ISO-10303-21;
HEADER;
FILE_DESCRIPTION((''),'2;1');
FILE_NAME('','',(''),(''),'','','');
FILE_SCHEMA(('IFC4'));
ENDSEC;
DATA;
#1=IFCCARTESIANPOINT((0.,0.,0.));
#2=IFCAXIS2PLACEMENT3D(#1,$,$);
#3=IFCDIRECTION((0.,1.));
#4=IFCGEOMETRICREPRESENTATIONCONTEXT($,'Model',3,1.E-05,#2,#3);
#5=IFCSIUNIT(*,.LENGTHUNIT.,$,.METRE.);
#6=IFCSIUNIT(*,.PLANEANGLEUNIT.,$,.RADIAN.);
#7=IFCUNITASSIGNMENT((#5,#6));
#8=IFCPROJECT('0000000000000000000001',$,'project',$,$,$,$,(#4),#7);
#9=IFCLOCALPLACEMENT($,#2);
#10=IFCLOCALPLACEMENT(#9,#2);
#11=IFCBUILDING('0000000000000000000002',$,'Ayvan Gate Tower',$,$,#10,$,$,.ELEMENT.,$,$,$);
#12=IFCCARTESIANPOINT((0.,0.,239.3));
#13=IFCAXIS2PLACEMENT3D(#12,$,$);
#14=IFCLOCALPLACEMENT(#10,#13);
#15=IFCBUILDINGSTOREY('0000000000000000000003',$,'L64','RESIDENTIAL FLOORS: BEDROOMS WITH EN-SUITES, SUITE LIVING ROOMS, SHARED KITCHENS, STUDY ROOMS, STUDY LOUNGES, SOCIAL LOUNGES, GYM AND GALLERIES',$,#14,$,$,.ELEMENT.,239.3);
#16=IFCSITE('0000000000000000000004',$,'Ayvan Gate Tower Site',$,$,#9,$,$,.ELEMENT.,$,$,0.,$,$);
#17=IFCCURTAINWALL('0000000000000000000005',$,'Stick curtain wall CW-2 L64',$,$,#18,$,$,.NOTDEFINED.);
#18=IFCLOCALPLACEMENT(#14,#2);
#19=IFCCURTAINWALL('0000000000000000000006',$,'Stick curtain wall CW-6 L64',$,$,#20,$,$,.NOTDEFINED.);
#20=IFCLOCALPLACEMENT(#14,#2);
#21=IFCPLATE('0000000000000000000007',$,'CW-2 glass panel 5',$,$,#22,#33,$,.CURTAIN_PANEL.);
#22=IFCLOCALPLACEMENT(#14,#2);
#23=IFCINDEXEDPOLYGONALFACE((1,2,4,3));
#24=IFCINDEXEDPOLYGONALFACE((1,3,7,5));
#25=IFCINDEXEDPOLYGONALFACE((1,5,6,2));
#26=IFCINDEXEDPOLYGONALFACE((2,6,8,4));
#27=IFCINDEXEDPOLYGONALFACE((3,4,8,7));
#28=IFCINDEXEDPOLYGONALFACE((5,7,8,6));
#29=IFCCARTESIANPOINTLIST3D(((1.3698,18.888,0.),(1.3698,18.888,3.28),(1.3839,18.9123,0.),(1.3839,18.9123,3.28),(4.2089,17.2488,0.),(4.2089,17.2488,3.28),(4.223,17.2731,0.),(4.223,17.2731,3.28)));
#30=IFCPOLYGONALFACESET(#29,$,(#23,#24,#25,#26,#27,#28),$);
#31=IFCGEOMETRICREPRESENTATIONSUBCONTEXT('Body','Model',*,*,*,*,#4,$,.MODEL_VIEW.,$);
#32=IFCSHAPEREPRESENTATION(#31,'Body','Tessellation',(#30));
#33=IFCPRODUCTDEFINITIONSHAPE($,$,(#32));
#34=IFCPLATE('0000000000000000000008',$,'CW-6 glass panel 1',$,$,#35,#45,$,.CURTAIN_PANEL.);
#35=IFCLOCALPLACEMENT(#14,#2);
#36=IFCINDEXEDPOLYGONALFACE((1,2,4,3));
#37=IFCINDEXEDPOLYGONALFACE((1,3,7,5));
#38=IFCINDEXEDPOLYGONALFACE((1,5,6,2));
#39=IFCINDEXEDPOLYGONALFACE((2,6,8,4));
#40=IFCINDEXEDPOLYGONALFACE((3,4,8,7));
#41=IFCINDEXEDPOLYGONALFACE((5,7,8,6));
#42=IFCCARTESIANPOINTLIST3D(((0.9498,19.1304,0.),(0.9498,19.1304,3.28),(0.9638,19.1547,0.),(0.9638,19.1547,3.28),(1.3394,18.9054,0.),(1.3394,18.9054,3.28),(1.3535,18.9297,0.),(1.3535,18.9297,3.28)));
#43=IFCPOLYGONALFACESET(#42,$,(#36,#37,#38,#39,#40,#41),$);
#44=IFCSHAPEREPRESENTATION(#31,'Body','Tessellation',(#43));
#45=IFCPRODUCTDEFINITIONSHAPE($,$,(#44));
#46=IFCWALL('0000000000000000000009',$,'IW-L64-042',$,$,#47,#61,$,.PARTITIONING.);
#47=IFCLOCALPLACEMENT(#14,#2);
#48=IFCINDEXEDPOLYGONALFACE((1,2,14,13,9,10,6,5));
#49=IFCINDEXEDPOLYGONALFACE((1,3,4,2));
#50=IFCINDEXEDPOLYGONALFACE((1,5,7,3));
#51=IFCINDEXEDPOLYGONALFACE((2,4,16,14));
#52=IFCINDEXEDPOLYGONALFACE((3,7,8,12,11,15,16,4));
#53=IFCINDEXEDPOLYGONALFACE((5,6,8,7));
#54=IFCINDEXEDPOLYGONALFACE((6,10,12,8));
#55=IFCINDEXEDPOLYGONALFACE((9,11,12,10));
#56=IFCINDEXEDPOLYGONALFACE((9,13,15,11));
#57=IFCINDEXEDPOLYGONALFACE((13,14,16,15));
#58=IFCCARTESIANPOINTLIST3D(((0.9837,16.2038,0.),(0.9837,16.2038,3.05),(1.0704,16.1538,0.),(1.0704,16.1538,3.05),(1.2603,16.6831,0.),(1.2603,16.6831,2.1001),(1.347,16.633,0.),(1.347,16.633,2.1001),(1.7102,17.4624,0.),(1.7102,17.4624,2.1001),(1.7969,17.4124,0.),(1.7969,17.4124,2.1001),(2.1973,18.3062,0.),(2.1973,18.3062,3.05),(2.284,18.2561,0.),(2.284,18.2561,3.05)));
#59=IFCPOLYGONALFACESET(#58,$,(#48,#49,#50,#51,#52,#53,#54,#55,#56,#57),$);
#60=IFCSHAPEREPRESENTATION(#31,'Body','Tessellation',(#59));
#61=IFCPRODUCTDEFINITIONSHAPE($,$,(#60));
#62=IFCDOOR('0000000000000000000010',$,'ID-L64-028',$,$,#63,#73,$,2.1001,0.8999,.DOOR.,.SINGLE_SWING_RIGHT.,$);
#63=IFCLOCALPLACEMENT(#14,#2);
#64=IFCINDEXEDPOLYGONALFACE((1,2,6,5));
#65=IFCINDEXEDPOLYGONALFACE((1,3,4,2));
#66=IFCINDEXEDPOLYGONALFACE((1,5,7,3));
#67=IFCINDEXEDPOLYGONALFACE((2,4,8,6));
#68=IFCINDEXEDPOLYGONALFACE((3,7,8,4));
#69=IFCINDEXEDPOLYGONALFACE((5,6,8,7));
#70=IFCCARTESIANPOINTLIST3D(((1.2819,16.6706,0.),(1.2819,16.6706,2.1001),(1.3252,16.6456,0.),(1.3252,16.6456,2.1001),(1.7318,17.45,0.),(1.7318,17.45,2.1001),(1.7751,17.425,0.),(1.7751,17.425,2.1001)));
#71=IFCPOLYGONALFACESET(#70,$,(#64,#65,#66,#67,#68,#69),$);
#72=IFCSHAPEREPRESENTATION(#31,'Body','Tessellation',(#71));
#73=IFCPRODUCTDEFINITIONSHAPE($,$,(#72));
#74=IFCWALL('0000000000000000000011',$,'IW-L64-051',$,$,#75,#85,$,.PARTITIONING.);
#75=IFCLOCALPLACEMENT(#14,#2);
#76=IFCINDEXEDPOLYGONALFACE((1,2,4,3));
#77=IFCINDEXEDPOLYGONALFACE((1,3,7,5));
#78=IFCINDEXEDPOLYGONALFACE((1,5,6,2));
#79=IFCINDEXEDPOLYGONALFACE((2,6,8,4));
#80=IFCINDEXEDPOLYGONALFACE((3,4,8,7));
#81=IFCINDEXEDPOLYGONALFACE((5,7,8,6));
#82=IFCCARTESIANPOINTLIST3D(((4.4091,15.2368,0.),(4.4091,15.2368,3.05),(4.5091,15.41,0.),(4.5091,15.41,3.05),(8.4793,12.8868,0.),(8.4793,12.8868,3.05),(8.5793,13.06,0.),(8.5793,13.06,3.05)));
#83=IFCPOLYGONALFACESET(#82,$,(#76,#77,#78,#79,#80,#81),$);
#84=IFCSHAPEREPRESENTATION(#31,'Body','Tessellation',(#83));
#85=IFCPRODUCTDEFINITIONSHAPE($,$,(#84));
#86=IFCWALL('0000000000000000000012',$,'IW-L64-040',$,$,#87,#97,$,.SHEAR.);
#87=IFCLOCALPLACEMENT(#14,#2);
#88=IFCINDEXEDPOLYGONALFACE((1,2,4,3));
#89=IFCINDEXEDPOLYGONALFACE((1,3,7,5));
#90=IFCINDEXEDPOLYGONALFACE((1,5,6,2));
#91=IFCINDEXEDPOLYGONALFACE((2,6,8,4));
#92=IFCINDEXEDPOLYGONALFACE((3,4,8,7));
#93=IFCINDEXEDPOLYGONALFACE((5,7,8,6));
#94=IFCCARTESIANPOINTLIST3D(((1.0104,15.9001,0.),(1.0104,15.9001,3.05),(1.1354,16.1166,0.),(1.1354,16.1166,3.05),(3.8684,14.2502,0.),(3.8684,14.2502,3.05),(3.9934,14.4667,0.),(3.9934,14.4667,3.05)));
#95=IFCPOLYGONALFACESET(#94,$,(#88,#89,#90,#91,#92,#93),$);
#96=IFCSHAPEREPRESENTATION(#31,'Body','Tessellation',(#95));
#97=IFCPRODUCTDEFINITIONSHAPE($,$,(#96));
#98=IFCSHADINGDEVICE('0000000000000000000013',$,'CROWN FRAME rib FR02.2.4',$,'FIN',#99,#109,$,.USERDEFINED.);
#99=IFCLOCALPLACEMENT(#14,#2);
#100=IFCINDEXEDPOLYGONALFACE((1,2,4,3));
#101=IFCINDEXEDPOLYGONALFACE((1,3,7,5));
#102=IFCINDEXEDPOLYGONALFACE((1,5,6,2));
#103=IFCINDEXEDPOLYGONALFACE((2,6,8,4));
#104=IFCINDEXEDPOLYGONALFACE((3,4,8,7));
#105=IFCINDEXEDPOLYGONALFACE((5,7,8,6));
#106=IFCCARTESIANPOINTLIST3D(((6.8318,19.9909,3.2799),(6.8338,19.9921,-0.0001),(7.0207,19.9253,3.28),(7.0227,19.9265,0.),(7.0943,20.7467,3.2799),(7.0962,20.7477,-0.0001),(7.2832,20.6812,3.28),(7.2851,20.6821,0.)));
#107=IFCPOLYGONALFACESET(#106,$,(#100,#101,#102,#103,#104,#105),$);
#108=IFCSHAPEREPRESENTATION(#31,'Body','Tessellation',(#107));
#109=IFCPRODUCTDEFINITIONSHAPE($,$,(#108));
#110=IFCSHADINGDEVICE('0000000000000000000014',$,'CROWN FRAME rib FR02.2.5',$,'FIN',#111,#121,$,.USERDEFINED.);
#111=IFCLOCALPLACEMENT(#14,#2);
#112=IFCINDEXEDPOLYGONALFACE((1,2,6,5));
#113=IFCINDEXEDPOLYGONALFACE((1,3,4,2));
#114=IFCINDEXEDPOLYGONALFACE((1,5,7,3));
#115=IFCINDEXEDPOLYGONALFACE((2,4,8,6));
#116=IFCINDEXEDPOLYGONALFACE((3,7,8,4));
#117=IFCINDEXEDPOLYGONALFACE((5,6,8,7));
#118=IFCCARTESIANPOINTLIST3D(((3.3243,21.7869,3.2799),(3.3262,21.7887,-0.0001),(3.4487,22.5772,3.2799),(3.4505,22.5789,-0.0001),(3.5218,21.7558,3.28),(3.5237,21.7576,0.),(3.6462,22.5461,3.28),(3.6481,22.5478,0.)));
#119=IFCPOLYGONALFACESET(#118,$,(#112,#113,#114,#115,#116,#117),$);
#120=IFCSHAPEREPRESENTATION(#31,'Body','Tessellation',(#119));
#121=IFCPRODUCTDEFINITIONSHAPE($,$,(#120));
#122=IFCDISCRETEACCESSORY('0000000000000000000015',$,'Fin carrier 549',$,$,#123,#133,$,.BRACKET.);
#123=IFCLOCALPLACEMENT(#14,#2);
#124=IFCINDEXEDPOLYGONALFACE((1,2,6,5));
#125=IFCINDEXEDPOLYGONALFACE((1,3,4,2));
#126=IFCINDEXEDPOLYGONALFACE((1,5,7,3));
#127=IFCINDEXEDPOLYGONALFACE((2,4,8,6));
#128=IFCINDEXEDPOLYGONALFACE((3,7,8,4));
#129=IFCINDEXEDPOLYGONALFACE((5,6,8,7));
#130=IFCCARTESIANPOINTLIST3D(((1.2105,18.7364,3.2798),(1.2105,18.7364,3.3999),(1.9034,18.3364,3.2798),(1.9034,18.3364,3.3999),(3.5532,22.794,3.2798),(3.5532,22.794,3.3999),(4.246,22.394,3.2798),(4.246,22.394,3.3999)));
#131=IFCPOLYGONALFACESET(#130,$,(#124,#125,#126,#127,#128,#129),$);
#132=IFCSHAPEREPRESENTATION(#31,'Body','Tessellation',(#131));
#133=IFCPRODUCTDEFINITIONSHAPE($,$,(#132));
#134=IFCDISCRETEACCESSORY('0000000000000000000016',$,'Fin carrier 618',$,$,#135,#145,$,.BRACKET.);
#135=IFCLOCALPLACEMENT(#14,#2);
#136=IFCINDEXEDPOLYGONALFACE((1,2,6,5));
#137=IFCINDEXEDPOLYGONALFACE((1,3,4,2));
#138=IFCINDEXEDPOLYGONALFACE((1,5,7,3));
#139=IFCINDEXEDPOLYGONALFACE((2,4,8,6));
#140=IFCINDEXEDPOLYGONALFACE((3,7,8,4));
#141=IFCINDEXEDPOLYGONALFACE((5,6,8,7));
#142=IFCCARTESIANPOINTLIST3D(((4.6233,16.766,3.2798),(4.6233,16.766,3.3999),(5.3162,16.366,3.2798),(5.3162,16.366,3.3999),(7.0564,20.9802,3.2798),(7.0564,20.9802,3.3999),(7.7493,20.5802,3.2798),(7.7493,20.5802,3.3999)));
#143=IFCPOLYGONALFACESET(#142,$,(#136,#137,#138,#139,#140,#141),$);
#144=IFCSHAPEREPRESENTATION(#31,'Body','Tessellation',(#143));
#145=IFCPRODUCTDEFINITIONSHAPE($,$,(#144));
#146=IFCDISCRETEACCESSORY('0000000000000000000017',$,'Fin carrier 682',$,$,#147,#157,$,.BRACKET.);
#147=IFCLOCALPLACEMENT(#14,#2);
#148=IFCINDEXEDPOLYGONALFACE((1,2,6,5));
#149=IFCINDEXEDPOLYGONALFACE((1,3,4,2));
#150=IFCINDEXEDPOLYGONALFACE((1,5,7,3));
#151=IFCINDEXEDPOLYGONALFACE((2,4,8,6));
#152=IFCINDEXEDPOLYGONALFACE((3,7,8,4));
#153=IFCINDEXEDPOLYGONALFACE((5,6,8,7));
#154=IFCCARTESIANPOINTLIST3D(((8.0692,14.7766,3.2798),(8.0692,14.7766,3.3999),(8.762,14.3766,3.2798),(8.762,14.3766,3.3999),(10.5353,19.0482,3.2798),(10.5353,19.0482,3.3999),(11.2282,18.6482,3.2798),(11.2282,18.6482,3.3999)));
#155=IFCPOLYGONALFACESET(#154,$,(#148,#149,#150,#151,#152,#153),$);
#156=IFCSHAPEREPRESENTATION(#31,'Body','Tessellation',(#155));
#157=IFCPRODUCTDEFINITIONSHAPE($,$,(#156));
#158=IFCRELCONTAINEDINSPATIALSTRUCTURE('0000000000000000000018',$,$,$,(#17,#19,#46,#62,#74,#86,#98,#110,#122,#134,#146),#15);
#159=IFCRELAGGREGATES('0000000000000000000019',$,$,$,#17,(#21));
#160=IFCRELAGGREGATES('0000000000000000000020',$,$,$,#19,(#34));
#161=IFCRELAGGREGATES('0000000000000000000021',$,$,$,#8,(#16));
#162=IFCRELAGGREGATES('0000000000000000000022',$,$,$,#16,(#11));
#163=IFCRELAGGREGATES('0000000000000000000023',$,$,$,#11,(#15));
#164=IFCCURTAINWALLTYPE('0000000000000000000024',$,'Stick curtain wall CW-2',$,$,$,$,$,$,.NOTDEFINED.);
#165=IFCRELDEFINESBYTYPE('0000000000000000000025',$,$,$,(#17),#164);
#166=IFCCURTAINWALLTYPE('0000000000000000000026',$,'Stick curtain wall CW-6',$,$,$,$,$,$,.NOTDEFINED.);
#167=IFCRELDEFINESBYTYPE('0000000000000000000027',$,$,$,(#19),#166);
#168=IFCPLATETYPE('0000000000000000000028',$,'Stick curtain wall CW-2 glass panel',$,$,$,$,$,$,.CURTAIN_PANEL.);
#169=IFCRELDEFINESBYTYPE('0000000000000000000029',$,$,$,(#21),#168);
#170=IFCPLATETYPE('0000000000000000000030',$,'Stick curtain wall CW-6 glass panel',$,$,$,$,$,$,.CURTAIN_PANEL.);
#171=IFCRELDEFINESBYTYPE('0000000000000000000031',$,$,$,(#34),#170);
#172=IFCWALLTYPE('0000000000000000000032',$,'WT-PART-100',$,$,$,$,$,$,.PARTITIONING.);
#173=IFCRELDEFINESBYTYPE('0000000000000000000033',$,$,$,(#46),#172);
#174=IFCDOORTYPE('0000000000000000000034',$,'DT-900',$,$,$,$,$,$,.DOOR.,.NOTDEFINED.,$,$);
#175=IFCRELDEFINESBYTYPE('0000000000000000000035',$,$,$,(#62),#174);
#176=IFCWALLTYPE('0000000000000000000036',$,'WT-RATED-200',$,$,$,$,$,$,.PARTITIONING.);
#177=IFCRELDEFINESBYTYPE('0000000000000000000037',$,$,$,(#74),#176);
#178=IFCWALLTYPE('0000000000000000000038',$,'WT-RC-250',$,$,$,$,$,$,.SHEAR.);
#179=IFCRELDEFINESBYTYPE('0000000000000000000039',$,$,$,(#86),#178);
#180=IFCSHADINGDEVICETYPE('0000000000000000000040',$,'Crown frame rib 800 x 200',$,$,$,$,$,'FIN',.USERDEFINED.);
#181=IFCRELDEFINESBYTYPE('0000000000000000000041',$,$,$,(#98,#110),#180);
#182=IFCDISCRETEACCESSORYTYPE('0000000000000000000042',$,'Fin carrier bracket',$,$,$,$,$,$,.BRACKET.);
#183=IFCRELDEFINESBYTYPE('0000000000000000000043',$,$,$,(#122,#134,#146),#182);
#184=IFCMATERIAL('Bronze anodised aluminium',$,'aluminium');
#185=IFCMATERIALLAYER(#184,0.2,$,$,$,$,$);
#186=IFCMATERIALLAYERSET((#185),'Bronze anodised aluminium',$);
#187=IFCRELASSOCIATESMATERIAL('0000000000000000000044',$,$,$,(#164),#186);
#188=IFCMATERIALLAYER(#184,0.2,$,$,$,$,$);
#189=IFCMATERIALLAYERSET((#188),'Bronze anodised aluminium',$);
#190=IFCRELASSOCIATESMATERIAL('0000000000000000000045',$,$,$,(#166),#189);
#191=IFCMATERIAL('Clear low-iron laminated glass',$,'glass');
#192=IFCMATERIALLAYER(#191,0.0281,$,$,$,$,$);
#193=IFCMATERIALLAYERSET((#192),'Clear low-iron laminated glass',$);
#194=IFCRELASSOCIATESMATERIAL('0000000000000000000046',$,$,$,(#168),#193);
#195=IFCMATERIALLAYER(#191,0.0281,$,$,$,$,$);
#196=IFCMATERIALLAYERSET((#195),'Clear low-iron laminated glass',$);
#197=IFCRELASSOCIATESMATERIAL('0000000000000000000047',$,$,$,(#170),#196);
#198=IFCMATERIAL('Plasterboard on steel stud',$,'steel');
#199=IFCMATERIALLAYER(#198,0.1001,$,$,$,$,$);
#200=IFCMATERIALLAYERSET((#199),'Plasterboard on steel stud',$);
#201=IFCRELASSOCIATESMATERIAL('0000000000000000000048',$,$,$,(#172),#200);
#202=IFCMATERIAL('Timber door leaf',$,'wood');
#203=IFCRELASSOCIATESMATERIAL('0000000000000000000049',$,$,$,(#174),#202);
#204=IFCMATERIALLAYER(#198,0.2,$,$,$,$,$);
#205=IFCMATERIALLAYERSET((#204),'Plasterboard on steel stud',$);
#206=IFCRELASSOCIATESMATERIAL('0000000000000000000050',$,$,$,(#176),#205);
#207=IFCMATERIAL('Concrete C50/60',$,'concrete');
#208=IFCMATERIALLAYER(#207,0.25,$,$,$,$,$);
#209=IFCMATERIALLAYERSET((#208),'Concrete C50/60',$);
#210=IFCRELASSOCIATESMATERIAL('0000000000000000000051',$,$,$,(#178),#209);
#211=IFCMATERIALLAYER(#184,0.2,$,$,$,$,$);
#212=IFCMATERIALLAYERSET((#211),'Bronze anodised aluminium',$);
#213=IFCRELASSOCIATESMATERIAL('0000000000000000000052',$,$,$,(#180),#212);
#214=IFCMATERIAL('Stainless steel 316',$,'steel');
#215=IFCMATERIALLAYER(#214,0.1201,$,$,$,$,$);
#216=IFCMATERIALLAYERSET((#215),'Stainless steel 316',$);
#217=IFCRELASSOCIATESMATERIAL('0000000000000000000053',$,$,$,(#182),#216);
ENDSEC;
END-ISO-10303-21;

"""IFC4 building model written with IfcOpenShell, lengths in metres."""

from ifc_helpers import new_model, si_unit, direction, frame, frame_2d, origin, origin_2d, place, context, subcontext, project, spatial, polyline, rectangle, outline, extrude, material, layer, layer_set, type_object, element, fill, aggregate, save


model = new_model("IFC4")

# Units and contexts
model_context = context("Model", 3, precision=1e-05, world=origin(), true_north=direction((0.0, 1.0)))
body_context = subcontext(model_context, "Body", "Model", "MODEL_VIEW")
ifc_project = project(units=[si_unit("LENGTHUNIT", "METRE"), si_unit("PLANEANGLEUNIT", "RADIAN")], contexts=[model_context])

# Site, building, storey
site_placement = place(None, origin())
site = spatial("IfcSite", under=ifc_project, at=site_placement, Name="Ayvan Gate Tower Site", CompositionType="ELEMENT", RefElevation=0.0)
building_placement = place(site_placement, origin())
building = spatial("IfcBuilding", under=site, at=building_placement, Name="Ayvan Gate Tower", CompositionType="ELEMENT")
storey_placement = place(building_placement, frame((0.0, 0.0, 239.3)))
storey = spatial("IfcBuildingStorey", under=building, at=storey_placement, Name="L64", Description="RESIDENTIAL FLOORS: BEDROOMS WITH EN-SUITES, SUITE LIVING ROOMS, SHARED KITCHENS, STUDY ROOMS, STUDY LOUNGES, SOCIAL LOUNGES, GYM AND GALLERIES", CompositionType="ELEMENT", Elevation=239.3)

# Shared definitions
ifc_material_1 = material(Name="Concrete C50/60", Category="concrete")

# Curtain walls
ifc_material_2 = material(Name="Bronze anodised aluminium", Category="aluminium")
ifc_layer_1 = layer(ifc_material_2, 0.2)
ifc_layer_set_1 = layer_set([ifc_layer_1], Name="Bronze anodised aluminium")
curtain_wall_type_1 = type_object("IfcCurtainWallType", Name="Stick curtain wall CW-2", PredefinedType="NOTDEFINED", material=ifc_layer_set_1)
curtain_wall_1_placement = place(storey_placement, origin())
curtain_wall_1 = element("IfcCurtainWall", 1, at=curtain_wall_1_placement, inside=storey, type_object=curtain_wall_type_1, Name="Stick curtain wall CW-2 L64", PredefinedType="NOTDEFINED")
ifc_layer_2 = layer(ifc_material_2, 0.2)
ifc_layer_set_2 = layer_set([ifc_layer_2], Name="Bronze anodised aluminium")
curtain_wall_type_2 = type_object("IfcCurtainWallType", Name="Stick curtain wall CW-6", PredefinedType="NOTDEFINED", material=ifc_layer_set_2)
curtain_wall_2_placement = place(storey_placement, origin())
curtain_wall_2 = element("IfcCurtainWall", 2, at=curtain_wall_2_placement, inside=storey, type_object=curtain_wall_type_2, Name="Stick curtain wall CW-6 L64", PredefinedType="NOTDEFINED")

# Plates
ifc_material_3 = material(Name="Clear low-iron laminated glass", Category="glass")
ifc_layer_3 = layer(ifc_material_3, 0.0281)
ifc_layer_set_3 = layer_set([ifc_layer_3], Name="Clear low-iron laminated glass")
plate_type_1 = type_object("IfcPlateType", Name="Stick curtain wall CW-2 glass panel", PredefinedType="CURTAIN_PANEL", material=ifc_layer_set_3)
plate_1_placement = place(storey_placement, frame((2.7964, 18.0806, 0.0), z_axis=(0.0, 0.0, 1.0), x_axis=(-0.866025, 0.5, 0.0)))
plate_1 = element("IfcPlate", 3, at=plate_1_placement, type_object=plate_type_1, Name="CW-2 glass panel 5", PredefinedType="CURTAIN_PANEL", context=body_context, shape_type="SweptSolid", body=[
    extrude(rectangle(XDim=3.2783, YDim=0.0281, at=origin_2d()), origin(), (0.0, 0.0, 1.0), 3.28),
])
aggregate(curtain_wall_1, [plate_1])
ifc_layer_4 = layer(ifc_material_3, 0.0281)
ifc_layer_set_4 = layer_set([ifc_layer_4], Name="Clear low-iron laminated glass")
plate_type_2 = type_object("IfcPlateType", Name="Stick curtain wall CW-6 glass panel", PredefinedType="CURTAIN_PANEL", material=ifc_layer_set_4)
plate_2_placement = place(storey_placement, frame((1.1516, 19.03, 0.0), z_axis=(0.0, 0.0, 1.0), x_axis=(-0.866025, 0.5, 0.0)))
plate_2 = element("IfcPlate", 4, at=plate_2_placement, type_object=plate_type_2, Name="CW-6 glass panel 1", PredefinedType="CURTAIN_PANEL", context=body_context, shape_type="SweptSolid", body=[
    extrude(rectangle(XDim=0.45, YDim=0.0281, at=origin_2d()), origin(), (0.0, 0.0, 1.0), 3.28),
])
aggregate(curtain_wall_2, [plate_2])

# Wall, opening, door
ifc_material_4 = material(Name="Plasterboard on steel stud", Category="steel")
ifc_layer_5 = layer(ifc_material_4, 0.1001)
ifc_layer_set_5 = layer_set([ifc_layer_5], Name="Plasterboard on steel stud")
wall_type_1 = type_object("IfcWallType", Name="WT-PART-100", PredefinedType="PARTITIONING", material=ifc_layer_set_5)
wall_1_placement = place(storey_placement, frame((2.2407, 18.2812, 0.0), z_axis=(0.0, 0.0, 1.0), x_axis=(-0.499958, -0.86605, 0.0)))
wall_1 = element("IfcWall", 5, at=wall_1_placement, inside=storey, type_object=wall_type_1, Name="IW-L64-042", PredefinedType="PARTITIONING", context=body_context, shape_type="SweptSolid", body=[
    extrude(rectangle(XDim=2.4275, YDim=0.1001, at=frame_2d((1.2139, 0.0))), origin(), (0.0, 0.0, 1.0), 3.05),
])
opening_placement = place(wall_1_placement, frame((0.9744, 0.0, 0.0)))
opening = element("IfcOpeningElement", 6, at=opening_placement, cuts=wall_1, PredefinedType="OPENING", context=body_context, shape_type="SweptSolid", body=[
    extrude(rectangle(XDim=0.8999, YDim=2.1001, at=frame_2d((0.45, 1.05))), frame((0.0, 0.0601, 0.0), z_axis=(0.0, -1.0, 0.0), x_axis=(1.0, 0.0, 0.0)), (0.0, 0.0, 1.0), 0.1201),
])
ifc_material_5 = material(Name="Timber door leaf", Category="wood")
door_type = type_object("IfcDoorType", Name="DT-900", OperationType="NOTDEFINED", PredefinedType="DOOR", material=ifc_material_5)
door_placement = place(opening_placement, origin())
door = element("IfcDoor", 7, at=door_placement, inside=storey, type_object=door_type, Name="ID-L64-028", OperationType="SINGLE_SWING_RIGHT", OverallHeight=2.1001, OverallWidth=0.8999, PredefinedType="DOOR", context=body_context, shape_type="SweptSolid", body=[
    extrude(rectangle(XDim=0.8999, YDim=2.1001, at=frame_2d((0.45, 1.05))), frame((0.0, 0.0249, 0.0), z_axis=(0.0, -1.0, 0.0), x_axis=(1.0, 0.0, 0.0)), (0.0, 0.0, 1.0), 0.05),
])
fill(opening, door)

# Walls
ifc_layer_6 = layer(ifc_material_4, 0.2)
ifc_layer_set_6 = layer_set([ifc_layer_6], Name="Plasterboard on steel stud")
wall_type_2 = type_object("IfcWallType", Name="WT-RATED-200", PredefinedType="PARTITIONING", material=ifc_layer_set_6)
wall_2_placement = place(storey_placement, frame((4.459, 15.3235, 0.0), z_axis=(0.0, 0.0, 1.0), x_axis=(0.866016, -0.500016, 0.0)))
element("IfcWall", 8, at=wall_2_placement, inside=storey, type_object=wall_type_2, Name="IW-L64-051", PredefinedType="PARTITIONING", context=body_context, shape_type="SweptSolid", body=[
    extrude(rectangle(XDim=4.7, YDim=0.2, at=frame_2d((2.3501, 0.0))), origin(), (0.0, 0.0, 1.0), 3.05),
])
ifc_layer_7 = layer(ifc_material_1, 0.25)
ifc_layer_set_7 = layer_set([ifc_layer_7], Name="Concrete C50/60")
wall_type_3 = type_object("IfcWallType", Name="WT-RC-250", PredefinedType="SHEAR", material=ifc_layer_set_7)
wall_3_placement = place(storey_placement, frame((1.073, 16.0083, 0.0), z_axis=(0.0, 0.0, 1.0), x_axis=(0.86604, -0.499974, 0.0)))
element("IfcWall", 9, at=wall_3_placement, inside=storey, type_object=wall_type_3, Name="IW-L64-040", PredefinedType="SHEAR", context=body_context, shape_type="SweptSolid", body=[
    extrude(rectangle(XDim=3.3, YDim=0.25, at=frame_2d((1.6499, 0.0))), origin(), (0.0, 0.0, 1.0), 3.05),
])

# Shading devices
ifc_layer_8 = layer(ifc_material_2, 0.2)
ifc_layer_set_8 = layer_set([ifc_layer_8], Name="Bronze anodised aluminium")
shading_device_type = type_object("IfcShadingDeviceType", Name="Crown frame rib 800 x 200", ElementType="FIN", PredefinedType="USERDEFINED", material=ifc_layer_set_8)
shading_device_1_placement = place(storey_placement, frame((7.0227, 19.9265, 0.0), z_axis=(0.944657, -0.328059, 0.000453), x_axis=(0.328059, 0.944657, 0.0)))
element("IfcShadingDevice", 10, at=shading_device_1_placement, inside=storey, type_object=shading_device_type, Name="CROWN FRAME rib FR02.2.4", ObjectType="FIN", PredefinedType="USERDEFINED", context=body_context, shape_type="SweptSolid", body=[
    extrude(outline(polyline([(0.0, 0.0), (0.7999, 0.0), (0.7983, 3.28), (-0.0018, 3.28), (0.0, 0.0)])), origin(), (0.0, 0.0, -1.0), 0.2),
])
shading_device_2_placement = place(storey_placement, frame((3.5237, 21.7576, 0.0), z_axis=(0.987838, -0.155485, 0.00047), x_axis=(0.155485, 0.987838, 0.0)))
element("IfcShadingDevice", 11, at=shading_device_2_placement, inside=storey, type_object=shading_device_type, Name="CROWN FRAME rib FR02.2.5", ObjectType="FIN", PredefinedType="USERDEFINED", context=body_context, shape_type="SweptSolid", body=[
    extrude(outline(polyline([(0.0, 0.0), (0.8, 0.0), (0.798, 3.28), (-0.002, 3.28), (0.0, 0.0)])), origin(), (0.0, 0.0, -1.0), 0.2),
])

# Discrete accessories
ifc_material_6 = material(Name="Stainless steel 316", Category="steel")
ifc_layer_9 = layer(ifc_material_6, 0.1201)
ifc_layer_set_9 = layer_set([ifc_layer_9], Name="Stainless steel 316")
discrete_accessory_type = type_object("IfcDiscreteAccessoryType", Name="Fin carrier bracket", PredefinedType="BRACKET", material=ifc_layer_set_9)
discrete_accessory_1_placement = place(storey_placement, frame((2.7283, 20.5652, 3.2798), z_axis=(0.0, 0.0, 1.0), x_axis=(-0.866025, 0.5, 0.0)))
element("IfcDiscreteAccessory", 12, at=discrete_accessory_1_placement, inside=storey, type_object=discrete_accessory_type, Name="Fin carrier 549", PredefinedType="BRACKET", context=body_context, shape_type="SweptSolid", body=[
    extrude(rectangle(XDim=0.8, YDim=4.6853, at=origin_2d()), origin(), (0.0, 0.0, 1.0), 0.1201),
])
discrete_accessory_2_placement = place(storey_placement, frame((6.1863, 18.6731, 3.2798), z_axis=(0.0, 0.0, 1.0), x_axis=(-0.866025, 0.5, 0.0)))
element("IfcDiscreteAccessory", 13, at=discrete_accessory_2_placement, inside=storey, type_object=discrete_accessory_type, Name="Fin carrier 618", PredefinedType="BRACKET", context=body_context, shape_type="SweptSolid", body=[
    extrude(rectangle(XDim=0.8, YDim=4.8662, at=origin_2d()), origin(), (0.0, 0.0, 1.0), 0.1201),
])
discrete_accessory_3_placement = place(storey_placement, frame((9.6487, 16.7124, 3.2798), z_axis=(0.0, 0.0, 1.0), x_axis=(-0.866025, 0.5, 0.0)))
element("IfcDiscreteAccessory", 14, at=discrete_accessory_3_placement, inside=storey, type_object=discrete_accessory_type, Name="Fin carrier 682", PredefinedType="BRACKET", context=body_context, shape_type="SweptSolid", body=[
    extrude(rectangle(XDim=0.8, YDim=4.9324, at=origin_2d()), origin(), (0.0, 0.0, 1.0), 0.1201),
])

save(model, "model.ifc")
